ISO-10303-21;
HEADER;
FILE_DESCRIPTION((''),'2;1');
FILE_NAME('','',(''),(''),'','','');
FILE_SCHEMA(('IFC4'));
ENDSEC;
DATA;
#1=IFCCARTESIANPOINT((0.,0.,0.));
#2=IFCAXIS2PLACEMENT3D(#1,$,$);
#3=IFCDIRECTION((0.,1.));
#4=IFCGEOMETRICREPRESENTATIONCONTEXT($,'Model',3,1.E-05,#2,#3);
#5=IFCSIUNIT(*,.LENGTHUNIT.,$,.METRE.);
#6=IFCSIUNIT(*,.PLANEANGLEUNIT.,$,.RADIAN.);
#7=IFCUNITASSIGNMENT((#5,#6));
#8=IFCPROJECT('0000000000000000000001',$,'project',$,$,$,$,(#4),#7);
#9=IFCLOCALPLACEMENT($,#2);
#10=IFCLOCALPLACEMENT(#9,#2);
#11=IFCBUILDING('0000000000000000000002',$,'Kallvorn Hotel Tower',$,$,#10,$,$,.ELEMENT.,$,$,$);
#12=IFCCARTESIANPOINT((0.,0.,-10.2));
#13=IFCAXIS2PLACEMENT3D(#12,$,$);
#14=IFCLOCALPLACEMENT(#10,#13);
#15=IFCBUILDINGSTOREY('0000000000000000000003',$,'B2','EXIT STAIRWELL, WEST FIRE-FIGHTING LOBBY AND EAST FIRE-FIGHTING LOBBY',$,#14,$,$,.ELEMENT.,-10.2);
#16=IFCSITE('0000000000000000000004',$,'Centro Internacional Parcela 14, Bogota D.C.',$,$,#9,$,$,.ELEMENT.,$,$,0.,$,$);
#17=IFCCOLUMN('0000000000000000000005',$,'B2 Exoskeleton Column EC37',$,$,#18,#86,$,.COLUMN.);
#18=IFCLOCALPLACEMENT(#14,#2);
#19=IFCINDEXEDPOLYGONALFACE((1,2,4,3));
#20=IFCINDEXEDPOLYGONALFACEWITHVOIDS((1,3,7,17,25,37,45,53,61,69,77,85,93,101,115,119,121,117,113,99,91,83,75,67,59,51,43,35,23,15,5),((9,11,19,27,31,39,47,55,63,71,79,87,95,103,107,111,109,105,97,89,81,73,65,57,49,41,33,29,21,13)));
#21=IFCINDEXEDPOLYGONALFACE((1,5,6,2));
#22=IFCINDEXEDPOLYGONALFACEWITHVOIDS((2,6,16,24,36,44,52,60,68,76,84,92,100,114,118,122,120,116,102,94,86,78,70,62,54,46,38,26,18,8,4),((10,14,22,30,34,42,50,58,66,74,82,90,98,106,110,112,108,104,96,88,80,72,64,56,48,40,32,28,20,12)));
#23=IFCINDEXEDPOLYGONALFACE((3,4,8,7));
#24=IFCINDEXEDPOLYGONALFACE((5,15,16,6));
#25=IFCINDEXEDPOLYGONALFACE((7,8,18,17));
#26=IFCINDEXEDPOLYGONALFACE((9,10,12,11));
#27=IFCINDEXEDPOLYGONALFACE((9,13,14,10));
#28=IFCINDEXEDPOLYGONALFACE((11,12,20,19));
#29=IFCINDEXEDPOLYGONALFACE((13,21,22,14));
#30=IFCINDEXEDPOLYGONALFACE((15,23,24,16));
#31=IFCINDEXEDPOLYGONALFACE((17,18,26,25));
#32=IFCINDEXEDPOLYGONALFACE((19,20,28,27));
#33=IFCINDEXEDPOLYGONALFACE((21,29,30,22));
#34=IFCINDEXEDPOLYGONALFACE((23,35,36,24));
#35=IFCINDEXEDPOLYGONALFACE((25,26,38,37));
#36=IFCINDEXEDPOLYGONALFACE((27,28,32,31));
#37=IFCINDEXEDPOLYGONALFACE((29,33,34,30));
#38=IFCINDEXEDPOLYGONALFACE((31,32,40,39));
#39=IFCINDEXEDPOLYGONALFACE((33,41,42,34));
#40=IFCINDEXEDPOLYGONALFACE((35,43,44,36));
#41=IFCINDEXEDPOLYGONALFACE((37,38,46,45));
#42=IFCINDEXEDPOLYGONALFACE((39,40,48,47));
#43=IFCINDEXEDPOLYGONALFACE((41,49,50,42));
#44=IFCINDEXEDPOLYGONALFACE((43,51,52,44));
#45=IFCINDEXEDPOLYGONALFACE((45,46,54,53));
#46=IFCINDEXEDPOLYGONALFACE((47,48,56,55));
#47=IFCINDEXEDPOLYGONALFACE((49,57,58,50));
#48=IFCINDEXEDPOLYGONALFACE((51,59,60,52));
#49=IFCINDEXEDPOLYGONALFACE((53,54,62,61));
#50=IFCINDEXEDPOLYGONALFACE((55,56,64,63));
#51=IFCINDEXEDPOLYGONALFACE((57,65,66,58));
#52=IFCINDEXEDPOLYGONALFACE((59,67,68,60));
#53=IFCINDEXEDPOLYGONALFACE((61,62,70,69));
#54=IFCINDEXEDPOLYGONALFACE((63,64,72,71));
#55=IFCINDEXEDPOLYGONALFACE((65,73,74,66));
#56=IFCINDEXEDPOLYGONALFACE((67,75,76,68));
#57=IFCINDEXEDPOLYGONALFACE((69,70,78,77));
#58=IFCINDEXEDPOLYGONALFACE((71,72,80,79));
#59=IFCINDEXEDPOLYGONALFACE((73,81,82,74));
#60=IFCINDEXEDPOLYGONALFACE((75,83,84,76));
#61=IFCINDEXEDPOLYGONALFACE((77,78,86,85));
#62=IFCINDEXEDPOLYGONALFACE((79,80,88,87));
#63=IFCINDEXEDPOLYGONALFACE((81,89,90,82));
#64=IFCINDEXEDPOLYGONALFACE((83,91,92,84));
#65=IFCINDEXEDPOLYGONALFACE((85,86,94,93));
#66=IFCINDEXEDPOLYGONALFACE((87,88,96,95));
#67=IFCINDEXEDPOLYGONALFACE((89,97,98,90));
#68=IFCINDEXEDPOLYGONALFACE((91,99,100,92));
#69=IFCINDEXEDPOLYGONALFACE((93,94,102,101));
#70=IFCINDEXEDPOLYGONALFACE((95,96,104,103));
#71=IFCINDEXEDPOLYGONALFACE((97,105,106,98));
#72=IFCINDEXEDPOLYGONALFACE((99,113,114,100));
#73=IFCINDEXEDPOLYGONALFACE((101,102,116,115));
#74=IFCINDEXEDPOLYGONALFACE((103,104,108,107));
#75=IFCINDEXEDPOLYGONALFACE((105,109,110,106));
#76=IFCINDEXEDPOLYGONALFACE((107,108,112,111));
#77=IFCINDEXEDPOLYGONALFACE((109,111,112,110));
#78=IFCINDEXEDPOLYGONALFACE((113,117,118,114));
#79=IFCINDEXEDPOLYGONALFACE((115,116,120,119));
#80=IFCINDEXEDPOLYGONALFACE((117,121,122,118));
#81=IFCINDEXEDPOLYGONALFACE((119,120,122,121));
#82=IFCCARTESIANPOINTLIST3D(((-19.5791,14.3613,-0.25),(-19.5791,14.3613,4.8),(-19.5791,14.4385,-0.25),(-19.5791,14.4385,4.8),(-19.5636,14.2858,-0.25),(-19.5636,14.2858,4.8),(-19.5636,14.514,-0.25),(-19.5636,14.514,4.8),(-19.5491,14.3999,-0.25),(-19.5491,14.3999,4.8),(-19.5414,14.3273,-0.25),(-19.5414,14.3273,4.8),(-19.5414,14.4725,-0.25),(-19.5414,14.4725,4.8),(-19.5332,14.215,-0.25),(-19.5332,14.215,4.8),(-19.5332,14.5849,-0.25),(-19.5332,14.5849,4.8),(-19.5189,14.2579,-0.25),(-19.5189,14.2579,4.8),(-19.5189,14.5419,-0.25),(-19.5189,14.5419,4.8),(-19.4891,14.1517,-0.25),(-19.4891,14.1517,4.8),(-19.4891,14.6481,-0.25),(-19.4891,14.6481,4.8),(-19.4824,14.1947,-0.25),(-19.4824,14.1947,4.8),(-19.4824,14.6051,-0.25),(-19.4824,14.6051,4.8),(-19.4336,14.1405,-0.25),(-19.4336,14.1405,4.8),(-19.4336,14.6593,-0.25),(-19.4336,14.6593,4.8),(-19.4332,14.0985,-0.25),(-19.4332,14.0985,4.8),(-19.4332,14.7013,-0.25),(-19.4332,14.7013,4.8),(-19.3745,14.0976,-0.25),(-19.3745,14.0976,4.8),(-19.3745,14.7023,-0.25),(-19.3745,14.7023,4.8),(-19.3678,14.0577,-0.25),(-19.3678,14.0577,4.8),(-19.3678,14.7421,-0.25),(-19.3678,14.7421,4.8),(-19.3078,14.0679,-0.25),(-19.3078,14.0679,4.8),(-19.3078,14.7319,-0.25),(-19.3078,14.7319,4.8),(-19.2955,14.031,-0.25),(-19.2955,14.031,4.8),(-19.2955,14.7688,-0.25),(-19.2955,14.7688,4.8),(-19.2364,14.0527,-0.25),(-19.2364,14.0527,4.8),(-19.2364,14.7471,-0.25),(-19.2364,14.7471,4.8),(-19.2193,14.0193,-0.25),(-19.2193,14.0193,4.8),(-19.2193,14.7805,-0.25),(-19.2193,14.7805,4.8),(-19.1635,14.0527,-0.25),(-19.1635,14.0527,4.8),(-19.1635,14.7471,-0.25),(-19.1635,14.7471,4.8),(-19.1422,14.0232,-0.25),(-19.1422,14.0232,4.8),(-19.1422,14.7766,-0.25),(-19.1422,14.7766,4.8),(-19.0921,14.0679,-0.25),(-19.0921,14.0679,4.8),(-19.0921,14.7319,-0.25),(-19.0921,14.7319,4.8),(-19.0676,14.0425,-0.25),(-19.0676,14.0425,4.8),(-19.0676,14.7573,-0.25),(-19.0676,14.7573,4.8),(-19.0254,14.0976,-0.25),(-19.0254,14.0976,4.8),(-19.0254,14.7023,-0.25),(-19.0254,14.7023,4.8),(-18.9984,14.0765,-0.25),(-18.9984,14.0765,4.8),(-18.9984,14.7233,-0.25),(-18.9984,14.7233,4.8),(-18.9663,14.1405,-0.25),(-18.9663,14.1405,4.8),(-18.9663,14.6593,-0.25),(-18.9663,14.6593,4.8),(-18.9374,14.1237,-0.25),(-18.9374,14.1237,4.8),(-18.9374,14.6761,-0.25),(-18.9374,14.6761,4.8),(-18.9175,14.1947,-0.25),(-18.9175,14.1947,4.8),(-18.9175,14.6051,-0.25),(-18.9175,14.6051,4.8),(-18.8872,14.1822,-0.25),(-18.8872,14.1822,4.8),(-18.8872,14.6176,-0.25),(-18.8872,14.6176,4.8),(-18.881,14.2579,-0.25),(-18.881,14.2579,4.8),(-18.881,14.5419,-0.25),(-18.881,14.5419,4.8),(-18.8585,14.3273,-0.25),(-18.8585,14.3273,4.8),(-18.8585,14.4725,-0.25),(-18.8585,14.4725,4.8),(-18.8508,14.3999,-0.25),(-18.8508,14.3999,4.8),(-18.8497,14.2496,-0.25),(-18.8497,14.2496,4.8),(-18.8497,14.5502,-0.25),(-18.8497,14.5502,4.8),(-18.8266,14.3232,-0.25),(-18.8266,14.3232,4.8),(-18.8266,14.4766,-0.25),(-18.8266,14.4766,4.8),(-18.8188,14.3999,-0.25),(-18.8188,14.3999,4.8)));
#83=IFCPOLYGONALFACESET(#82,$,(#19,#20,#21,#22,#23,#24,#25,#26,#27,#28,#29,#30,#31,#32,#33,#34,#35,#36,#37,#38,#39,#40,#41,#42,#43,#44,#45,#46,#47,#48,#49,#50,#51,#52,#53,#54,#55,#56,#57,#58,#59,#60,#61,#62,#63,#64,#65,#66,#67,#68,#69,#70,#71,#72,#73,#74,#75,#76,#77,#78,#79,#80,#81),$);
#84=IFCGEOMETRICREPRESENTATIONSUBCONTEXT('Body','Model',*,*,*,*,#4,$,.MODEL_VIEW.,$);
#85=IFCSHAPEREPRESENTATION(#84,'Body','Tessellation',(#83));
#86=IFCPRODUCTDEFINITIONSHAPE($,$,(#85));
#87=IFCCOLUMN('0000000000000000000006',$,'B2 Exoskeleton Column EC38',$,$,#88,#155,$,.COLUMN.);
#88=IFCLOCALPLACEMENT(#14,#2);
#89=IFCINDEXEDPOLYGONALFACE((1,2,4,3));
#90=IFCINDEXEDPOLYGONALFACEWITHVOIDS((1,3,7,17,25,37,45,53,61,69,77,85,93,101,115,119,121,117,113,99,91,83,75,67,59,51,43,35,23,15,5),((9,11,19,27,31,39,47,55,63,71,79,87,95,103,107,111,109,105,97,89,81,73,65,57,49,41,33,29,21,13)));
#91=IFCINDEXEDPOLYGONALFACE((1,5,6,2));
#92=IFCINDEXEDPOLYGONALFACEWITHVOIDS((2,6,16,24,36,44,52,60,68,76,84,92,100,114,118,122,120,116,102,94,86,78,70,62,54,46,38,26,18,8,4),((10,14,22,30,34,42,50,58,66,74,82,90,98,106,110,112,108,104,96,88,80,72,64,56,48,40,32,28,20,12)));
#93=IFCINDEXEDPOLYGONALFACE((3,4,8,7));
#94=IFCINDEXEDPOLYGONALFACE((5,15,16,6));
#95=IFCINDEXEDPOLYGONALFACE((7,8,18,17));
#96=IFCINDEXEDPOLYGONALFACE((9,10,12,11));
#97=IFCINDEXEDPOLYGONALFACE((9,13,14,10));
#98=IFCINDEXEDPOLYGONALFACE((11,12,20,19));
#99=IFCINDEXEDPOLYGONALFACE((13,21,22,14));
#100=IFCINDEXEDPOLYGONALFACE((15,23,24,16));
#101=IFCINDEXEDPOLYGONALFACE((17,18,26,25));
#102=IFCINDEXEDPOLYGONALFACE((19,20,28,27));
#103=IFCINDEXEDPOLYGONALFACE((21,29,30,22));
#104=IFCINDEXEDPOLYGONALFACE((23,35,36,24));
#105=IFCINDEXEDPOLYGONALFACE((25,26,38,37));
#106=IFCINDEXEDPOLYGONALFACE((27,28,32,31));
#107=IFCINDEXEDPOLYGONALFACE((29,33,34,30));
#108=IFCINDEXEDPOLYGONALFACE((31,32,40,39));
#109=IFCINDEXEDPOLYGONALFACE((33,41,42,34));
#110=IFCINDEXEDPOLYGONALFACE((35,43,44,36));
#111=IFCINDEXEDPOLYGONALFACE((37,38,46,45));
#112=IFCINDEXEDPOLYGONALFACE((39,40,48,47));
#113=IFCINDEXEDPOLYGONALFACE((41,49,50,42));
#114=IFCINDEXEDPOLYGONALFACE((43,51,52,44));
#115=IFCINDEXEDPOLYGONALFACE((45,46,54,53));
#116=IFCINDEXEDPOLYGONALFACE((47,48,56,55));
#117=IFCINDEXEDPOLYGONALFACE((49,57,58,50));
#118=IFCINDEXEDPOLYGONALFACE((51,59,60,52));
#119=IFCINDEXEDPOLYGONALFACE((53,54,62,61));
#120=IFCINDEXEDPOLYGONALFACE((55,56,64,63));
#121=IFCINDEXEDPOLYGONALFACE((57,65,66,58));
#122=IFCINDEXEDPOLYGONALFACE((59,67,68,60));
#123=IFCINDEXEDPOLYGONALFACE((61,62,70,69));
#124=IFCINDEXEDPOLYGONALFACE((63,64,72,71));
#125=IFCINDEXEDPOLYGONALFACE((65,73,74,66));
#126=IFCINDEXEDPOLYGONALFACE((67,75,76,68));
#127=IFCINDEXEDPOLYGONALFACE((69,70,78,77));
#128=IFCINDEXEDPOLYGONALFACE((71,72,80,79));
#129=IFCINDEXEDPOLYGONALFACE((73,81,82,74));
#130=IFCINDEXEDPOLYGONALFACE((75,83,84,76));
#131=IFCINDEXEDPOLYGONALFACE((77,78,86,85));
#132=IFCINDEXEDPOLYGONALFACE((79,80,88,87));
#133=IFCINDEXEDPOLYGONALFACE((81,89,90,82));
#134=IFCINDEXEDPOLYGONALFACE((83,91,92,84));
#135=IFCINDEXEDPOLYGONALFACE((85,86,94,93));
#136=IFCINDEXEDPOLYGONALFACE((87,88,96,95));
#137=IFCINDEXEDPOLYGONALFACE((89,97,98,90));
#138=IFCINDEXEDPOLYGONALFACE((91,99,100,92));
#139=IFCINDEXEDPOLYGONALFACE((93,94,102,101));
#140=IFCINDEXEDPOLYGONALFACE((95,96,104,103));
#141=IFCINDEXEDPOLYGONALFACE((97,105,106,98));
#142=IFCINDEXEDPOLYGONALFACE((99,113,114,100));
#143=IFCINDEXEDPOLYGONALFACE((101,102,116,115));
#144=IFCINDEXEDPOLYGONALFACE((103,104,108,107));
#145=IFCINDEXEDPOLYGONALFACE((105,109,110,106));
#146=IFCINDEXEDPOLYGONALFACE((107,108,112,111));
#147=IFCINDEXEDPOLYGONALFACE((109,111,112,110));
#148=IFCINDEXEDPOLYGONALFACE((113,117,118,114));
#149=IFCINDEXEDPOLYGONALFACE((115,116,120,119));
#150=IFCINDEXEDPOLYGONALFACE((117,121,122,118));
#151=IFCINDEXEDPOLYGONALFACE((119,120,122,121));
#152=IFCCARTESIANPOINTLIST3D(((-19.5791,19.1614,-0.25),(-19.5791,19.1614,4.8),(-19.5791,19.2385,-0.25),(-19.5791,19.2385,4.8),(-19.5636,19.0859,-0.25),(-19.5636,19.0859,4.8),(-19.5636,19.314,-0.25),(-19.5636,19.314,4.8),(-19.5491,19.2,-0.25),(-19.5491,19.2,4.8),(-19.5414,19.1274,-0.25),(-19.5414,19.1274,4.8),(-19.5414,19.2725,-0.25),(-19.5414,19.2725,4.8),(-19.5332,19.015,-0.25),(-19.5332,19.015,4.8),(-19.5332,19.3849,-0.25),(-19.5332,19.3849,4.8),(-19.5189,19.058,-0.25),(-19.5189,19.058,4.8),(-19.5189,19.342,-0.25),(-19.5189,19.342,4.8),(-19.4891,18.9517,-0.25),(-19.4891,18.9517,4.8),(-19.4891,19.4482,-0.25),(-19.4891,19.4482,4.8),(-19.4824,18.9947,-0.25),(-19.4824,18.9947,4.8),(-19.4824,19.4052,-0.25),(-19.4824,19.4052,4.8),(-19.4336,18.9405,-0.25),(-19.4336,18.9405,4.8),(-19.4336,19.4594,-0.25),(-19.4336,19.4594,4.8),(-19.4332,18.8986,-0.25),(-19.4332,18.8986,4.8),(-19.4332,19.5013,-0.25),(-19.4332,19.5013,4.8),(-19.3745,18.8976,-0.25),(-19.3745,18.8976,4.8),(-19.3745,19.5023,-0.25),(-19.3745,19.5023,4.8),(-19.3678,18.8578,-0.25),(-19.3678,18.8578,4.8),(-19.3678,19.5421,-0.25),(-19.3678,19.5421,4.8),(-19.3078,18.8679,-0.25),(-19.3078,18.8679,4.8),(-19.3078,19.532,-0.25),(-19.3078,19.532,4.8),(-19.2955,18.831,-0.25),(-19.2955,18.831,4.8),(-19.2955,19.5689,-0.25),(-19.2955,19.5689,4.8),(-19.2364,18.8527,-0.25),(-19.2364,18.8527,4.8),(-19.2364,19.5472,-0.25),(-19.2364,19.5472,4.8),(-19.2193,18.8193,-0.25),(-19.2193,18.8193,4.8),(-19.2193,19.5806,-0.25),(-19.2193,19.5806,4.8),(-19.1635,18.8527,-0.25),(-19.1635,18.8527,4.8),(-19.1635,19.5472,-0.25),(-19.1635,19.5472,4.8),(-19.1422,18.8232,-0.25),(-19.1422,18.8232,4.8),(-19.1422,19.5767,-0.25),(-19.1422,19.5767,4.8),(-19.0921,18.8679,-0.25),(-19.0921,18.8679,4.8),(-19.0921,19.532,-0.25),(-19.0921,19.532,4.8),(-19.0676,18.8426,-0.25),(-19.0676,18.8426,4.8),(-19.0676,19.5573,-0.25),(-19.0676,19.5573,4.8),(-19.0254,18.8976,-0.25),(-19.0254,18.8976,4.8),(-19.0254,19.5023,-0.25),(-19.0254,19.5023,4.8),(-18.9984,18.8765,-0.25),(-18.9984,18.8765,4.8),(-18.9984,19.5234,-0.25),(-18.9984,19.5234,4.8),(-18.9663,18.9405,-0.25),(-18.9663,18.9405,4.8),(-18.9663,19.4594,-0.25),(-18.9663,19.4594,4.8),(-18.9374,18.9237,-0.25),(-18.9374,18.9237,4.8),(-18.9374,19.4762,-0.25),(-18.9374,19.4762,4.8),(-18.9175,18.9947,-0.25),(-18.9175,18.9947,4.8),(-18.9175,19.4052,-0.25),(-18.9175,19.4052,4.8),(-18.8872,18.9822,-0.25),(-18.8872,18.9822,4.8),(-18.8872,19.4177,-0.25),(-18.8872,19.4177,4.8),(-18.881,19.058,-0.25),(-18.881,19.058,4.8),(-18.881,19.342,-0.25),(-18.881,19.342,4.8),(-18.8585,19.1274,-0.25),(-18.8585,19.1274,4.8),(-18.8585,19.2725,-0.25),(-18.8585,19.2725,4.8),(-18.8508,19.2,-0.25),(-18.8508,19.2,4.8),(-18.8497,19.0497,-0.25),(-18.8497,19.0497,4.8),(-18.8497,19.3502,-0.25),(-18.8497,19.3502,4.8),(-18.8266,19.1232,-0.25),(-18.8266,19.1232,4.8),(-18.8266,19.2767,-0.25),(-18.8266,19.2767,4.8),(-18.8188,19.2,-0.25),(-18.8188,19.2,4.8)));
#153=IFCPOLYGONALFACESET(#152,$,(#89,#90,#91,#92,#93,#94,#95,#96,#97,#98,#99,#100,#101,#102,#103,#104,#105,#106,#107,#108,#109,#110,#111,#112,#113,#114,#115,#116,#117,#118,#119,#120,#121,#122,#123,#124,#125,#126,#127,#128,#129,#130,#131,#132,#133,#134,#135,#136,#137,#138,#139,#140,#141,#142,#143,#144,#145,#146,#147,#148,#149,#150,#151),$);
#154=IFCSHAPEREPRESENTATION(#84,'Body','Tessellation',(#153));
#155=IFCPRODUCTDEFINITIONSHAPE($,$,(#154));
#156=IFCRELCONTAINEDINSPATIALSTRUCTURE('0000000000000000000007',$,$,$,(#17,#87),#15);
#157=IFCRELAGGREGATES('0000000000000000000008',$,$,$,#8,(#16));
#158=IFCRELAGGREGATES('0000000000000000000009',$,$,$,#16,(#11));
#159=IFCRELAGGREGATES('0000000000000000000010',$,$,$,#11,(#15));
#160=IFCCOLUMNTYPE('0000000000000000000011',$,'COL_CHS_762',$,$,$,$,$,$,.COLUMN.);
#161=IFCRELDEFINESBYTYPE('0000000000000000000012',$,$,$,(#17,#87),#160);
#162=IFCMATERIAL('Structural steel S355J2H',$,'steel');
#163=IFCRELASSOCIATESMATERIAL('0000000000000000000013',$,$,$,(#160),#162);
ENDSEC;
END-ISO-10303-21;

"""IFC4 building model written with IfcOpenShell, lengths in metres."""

from ifc_helpers import new_model, si_unit, direction, frame, origin, origin_2d, place, context, subcontext, project, spatial, hollow_circle, extrude, material, material_profile, profile_set, type_object, element, save


model = new_model("IFC4")

# Units and contexts
model_context = context("Model", 3, precision=1e-05, world=origin(), true_north=direction((0.0, 1.0)))
body_context = subcontext(model_context, "Body", "Model", "MODEL_VIEW")
ifc_project = project(units=[si_unit("LENGTHUNIT", "METRE"), si_unit("PLANEANGLEUNIT", "RADIAN")], contexts=[model_context])

# Site, building, storey
site_placement = place(None, origin())
site = spatial("IfcSite", under=ifc_project, at=site_placement, Name="Centro Internacional Parcela 14, Bogota D.C.", CompositionType="ELEMENT", RefElevation=0.0)
building_placement = place(site_placement, origin())
building = spatial("IfcBuilding", under=site, at=building_placement, Name="Kallvorn Hotel Tower", CompositionType="ELEMENT")
storey_placement = place(building_placement, frame((0.0, 0.0, -10.2)))
storey = spatial("IfcBuildingStorey", under=building, at=storey_placement, Name="B2", Description="EXIT STAIRWELL, WEST FIRE-FIGHTING LOBBY AND EAST FIRE-FIGHTING LOBBY", CompositionType="ELEMENT", Elevation=-10.2)

# Columns
ifc_material_1 = material(Name="Structural steel S355J2H", Category="steel")
ifc_material_profile_1 = material_profile(ifc_material_1, hollow_circle(Radius=0.3811, WallThickness=0.032, at=origin_2d()), Name="CHS 762x32")
ifc_profile_set_1 = profile_set([ifc_material_profile_1], Name="Structural steel S355J2H")
column_type_1 = type_object("IfcColumnType", Name="COL_CHS_762", PredefinedType="COLUMN", material=ifc_profile_set_1)
for number, where, z_axis, x_axis, name in (
    (1, (-19.2, 14.3999, -0.25), (0.0, 0.0, 1.0), (1.0, 0.0, 0.0), "B2 Exoskeleton Column EC37"),
    (2, (-19.2, 19.2, -0.25), (0.0, 0.0, 1.0), (1.0, 0.0, 0.0), "B2 Exoskeleton Column EC38"),
):
    element("IfcColumn", number, at=place(storey_placement, frame(where, z_axis=z_axis, x_axis=x_axis)), inside=storey, type_object=column_type_1, Name=name, PredefinedType="COLUMN", context=body_context, shape_type="SweptSolid", body=[
        extrude(hollow_circle(Radius=0.3811, WallThickness=0.032, at=origin_2d()), origin(), (0.0, 0.0, 1.0), 5.05),
    ])

save(model, "model.ifc")
